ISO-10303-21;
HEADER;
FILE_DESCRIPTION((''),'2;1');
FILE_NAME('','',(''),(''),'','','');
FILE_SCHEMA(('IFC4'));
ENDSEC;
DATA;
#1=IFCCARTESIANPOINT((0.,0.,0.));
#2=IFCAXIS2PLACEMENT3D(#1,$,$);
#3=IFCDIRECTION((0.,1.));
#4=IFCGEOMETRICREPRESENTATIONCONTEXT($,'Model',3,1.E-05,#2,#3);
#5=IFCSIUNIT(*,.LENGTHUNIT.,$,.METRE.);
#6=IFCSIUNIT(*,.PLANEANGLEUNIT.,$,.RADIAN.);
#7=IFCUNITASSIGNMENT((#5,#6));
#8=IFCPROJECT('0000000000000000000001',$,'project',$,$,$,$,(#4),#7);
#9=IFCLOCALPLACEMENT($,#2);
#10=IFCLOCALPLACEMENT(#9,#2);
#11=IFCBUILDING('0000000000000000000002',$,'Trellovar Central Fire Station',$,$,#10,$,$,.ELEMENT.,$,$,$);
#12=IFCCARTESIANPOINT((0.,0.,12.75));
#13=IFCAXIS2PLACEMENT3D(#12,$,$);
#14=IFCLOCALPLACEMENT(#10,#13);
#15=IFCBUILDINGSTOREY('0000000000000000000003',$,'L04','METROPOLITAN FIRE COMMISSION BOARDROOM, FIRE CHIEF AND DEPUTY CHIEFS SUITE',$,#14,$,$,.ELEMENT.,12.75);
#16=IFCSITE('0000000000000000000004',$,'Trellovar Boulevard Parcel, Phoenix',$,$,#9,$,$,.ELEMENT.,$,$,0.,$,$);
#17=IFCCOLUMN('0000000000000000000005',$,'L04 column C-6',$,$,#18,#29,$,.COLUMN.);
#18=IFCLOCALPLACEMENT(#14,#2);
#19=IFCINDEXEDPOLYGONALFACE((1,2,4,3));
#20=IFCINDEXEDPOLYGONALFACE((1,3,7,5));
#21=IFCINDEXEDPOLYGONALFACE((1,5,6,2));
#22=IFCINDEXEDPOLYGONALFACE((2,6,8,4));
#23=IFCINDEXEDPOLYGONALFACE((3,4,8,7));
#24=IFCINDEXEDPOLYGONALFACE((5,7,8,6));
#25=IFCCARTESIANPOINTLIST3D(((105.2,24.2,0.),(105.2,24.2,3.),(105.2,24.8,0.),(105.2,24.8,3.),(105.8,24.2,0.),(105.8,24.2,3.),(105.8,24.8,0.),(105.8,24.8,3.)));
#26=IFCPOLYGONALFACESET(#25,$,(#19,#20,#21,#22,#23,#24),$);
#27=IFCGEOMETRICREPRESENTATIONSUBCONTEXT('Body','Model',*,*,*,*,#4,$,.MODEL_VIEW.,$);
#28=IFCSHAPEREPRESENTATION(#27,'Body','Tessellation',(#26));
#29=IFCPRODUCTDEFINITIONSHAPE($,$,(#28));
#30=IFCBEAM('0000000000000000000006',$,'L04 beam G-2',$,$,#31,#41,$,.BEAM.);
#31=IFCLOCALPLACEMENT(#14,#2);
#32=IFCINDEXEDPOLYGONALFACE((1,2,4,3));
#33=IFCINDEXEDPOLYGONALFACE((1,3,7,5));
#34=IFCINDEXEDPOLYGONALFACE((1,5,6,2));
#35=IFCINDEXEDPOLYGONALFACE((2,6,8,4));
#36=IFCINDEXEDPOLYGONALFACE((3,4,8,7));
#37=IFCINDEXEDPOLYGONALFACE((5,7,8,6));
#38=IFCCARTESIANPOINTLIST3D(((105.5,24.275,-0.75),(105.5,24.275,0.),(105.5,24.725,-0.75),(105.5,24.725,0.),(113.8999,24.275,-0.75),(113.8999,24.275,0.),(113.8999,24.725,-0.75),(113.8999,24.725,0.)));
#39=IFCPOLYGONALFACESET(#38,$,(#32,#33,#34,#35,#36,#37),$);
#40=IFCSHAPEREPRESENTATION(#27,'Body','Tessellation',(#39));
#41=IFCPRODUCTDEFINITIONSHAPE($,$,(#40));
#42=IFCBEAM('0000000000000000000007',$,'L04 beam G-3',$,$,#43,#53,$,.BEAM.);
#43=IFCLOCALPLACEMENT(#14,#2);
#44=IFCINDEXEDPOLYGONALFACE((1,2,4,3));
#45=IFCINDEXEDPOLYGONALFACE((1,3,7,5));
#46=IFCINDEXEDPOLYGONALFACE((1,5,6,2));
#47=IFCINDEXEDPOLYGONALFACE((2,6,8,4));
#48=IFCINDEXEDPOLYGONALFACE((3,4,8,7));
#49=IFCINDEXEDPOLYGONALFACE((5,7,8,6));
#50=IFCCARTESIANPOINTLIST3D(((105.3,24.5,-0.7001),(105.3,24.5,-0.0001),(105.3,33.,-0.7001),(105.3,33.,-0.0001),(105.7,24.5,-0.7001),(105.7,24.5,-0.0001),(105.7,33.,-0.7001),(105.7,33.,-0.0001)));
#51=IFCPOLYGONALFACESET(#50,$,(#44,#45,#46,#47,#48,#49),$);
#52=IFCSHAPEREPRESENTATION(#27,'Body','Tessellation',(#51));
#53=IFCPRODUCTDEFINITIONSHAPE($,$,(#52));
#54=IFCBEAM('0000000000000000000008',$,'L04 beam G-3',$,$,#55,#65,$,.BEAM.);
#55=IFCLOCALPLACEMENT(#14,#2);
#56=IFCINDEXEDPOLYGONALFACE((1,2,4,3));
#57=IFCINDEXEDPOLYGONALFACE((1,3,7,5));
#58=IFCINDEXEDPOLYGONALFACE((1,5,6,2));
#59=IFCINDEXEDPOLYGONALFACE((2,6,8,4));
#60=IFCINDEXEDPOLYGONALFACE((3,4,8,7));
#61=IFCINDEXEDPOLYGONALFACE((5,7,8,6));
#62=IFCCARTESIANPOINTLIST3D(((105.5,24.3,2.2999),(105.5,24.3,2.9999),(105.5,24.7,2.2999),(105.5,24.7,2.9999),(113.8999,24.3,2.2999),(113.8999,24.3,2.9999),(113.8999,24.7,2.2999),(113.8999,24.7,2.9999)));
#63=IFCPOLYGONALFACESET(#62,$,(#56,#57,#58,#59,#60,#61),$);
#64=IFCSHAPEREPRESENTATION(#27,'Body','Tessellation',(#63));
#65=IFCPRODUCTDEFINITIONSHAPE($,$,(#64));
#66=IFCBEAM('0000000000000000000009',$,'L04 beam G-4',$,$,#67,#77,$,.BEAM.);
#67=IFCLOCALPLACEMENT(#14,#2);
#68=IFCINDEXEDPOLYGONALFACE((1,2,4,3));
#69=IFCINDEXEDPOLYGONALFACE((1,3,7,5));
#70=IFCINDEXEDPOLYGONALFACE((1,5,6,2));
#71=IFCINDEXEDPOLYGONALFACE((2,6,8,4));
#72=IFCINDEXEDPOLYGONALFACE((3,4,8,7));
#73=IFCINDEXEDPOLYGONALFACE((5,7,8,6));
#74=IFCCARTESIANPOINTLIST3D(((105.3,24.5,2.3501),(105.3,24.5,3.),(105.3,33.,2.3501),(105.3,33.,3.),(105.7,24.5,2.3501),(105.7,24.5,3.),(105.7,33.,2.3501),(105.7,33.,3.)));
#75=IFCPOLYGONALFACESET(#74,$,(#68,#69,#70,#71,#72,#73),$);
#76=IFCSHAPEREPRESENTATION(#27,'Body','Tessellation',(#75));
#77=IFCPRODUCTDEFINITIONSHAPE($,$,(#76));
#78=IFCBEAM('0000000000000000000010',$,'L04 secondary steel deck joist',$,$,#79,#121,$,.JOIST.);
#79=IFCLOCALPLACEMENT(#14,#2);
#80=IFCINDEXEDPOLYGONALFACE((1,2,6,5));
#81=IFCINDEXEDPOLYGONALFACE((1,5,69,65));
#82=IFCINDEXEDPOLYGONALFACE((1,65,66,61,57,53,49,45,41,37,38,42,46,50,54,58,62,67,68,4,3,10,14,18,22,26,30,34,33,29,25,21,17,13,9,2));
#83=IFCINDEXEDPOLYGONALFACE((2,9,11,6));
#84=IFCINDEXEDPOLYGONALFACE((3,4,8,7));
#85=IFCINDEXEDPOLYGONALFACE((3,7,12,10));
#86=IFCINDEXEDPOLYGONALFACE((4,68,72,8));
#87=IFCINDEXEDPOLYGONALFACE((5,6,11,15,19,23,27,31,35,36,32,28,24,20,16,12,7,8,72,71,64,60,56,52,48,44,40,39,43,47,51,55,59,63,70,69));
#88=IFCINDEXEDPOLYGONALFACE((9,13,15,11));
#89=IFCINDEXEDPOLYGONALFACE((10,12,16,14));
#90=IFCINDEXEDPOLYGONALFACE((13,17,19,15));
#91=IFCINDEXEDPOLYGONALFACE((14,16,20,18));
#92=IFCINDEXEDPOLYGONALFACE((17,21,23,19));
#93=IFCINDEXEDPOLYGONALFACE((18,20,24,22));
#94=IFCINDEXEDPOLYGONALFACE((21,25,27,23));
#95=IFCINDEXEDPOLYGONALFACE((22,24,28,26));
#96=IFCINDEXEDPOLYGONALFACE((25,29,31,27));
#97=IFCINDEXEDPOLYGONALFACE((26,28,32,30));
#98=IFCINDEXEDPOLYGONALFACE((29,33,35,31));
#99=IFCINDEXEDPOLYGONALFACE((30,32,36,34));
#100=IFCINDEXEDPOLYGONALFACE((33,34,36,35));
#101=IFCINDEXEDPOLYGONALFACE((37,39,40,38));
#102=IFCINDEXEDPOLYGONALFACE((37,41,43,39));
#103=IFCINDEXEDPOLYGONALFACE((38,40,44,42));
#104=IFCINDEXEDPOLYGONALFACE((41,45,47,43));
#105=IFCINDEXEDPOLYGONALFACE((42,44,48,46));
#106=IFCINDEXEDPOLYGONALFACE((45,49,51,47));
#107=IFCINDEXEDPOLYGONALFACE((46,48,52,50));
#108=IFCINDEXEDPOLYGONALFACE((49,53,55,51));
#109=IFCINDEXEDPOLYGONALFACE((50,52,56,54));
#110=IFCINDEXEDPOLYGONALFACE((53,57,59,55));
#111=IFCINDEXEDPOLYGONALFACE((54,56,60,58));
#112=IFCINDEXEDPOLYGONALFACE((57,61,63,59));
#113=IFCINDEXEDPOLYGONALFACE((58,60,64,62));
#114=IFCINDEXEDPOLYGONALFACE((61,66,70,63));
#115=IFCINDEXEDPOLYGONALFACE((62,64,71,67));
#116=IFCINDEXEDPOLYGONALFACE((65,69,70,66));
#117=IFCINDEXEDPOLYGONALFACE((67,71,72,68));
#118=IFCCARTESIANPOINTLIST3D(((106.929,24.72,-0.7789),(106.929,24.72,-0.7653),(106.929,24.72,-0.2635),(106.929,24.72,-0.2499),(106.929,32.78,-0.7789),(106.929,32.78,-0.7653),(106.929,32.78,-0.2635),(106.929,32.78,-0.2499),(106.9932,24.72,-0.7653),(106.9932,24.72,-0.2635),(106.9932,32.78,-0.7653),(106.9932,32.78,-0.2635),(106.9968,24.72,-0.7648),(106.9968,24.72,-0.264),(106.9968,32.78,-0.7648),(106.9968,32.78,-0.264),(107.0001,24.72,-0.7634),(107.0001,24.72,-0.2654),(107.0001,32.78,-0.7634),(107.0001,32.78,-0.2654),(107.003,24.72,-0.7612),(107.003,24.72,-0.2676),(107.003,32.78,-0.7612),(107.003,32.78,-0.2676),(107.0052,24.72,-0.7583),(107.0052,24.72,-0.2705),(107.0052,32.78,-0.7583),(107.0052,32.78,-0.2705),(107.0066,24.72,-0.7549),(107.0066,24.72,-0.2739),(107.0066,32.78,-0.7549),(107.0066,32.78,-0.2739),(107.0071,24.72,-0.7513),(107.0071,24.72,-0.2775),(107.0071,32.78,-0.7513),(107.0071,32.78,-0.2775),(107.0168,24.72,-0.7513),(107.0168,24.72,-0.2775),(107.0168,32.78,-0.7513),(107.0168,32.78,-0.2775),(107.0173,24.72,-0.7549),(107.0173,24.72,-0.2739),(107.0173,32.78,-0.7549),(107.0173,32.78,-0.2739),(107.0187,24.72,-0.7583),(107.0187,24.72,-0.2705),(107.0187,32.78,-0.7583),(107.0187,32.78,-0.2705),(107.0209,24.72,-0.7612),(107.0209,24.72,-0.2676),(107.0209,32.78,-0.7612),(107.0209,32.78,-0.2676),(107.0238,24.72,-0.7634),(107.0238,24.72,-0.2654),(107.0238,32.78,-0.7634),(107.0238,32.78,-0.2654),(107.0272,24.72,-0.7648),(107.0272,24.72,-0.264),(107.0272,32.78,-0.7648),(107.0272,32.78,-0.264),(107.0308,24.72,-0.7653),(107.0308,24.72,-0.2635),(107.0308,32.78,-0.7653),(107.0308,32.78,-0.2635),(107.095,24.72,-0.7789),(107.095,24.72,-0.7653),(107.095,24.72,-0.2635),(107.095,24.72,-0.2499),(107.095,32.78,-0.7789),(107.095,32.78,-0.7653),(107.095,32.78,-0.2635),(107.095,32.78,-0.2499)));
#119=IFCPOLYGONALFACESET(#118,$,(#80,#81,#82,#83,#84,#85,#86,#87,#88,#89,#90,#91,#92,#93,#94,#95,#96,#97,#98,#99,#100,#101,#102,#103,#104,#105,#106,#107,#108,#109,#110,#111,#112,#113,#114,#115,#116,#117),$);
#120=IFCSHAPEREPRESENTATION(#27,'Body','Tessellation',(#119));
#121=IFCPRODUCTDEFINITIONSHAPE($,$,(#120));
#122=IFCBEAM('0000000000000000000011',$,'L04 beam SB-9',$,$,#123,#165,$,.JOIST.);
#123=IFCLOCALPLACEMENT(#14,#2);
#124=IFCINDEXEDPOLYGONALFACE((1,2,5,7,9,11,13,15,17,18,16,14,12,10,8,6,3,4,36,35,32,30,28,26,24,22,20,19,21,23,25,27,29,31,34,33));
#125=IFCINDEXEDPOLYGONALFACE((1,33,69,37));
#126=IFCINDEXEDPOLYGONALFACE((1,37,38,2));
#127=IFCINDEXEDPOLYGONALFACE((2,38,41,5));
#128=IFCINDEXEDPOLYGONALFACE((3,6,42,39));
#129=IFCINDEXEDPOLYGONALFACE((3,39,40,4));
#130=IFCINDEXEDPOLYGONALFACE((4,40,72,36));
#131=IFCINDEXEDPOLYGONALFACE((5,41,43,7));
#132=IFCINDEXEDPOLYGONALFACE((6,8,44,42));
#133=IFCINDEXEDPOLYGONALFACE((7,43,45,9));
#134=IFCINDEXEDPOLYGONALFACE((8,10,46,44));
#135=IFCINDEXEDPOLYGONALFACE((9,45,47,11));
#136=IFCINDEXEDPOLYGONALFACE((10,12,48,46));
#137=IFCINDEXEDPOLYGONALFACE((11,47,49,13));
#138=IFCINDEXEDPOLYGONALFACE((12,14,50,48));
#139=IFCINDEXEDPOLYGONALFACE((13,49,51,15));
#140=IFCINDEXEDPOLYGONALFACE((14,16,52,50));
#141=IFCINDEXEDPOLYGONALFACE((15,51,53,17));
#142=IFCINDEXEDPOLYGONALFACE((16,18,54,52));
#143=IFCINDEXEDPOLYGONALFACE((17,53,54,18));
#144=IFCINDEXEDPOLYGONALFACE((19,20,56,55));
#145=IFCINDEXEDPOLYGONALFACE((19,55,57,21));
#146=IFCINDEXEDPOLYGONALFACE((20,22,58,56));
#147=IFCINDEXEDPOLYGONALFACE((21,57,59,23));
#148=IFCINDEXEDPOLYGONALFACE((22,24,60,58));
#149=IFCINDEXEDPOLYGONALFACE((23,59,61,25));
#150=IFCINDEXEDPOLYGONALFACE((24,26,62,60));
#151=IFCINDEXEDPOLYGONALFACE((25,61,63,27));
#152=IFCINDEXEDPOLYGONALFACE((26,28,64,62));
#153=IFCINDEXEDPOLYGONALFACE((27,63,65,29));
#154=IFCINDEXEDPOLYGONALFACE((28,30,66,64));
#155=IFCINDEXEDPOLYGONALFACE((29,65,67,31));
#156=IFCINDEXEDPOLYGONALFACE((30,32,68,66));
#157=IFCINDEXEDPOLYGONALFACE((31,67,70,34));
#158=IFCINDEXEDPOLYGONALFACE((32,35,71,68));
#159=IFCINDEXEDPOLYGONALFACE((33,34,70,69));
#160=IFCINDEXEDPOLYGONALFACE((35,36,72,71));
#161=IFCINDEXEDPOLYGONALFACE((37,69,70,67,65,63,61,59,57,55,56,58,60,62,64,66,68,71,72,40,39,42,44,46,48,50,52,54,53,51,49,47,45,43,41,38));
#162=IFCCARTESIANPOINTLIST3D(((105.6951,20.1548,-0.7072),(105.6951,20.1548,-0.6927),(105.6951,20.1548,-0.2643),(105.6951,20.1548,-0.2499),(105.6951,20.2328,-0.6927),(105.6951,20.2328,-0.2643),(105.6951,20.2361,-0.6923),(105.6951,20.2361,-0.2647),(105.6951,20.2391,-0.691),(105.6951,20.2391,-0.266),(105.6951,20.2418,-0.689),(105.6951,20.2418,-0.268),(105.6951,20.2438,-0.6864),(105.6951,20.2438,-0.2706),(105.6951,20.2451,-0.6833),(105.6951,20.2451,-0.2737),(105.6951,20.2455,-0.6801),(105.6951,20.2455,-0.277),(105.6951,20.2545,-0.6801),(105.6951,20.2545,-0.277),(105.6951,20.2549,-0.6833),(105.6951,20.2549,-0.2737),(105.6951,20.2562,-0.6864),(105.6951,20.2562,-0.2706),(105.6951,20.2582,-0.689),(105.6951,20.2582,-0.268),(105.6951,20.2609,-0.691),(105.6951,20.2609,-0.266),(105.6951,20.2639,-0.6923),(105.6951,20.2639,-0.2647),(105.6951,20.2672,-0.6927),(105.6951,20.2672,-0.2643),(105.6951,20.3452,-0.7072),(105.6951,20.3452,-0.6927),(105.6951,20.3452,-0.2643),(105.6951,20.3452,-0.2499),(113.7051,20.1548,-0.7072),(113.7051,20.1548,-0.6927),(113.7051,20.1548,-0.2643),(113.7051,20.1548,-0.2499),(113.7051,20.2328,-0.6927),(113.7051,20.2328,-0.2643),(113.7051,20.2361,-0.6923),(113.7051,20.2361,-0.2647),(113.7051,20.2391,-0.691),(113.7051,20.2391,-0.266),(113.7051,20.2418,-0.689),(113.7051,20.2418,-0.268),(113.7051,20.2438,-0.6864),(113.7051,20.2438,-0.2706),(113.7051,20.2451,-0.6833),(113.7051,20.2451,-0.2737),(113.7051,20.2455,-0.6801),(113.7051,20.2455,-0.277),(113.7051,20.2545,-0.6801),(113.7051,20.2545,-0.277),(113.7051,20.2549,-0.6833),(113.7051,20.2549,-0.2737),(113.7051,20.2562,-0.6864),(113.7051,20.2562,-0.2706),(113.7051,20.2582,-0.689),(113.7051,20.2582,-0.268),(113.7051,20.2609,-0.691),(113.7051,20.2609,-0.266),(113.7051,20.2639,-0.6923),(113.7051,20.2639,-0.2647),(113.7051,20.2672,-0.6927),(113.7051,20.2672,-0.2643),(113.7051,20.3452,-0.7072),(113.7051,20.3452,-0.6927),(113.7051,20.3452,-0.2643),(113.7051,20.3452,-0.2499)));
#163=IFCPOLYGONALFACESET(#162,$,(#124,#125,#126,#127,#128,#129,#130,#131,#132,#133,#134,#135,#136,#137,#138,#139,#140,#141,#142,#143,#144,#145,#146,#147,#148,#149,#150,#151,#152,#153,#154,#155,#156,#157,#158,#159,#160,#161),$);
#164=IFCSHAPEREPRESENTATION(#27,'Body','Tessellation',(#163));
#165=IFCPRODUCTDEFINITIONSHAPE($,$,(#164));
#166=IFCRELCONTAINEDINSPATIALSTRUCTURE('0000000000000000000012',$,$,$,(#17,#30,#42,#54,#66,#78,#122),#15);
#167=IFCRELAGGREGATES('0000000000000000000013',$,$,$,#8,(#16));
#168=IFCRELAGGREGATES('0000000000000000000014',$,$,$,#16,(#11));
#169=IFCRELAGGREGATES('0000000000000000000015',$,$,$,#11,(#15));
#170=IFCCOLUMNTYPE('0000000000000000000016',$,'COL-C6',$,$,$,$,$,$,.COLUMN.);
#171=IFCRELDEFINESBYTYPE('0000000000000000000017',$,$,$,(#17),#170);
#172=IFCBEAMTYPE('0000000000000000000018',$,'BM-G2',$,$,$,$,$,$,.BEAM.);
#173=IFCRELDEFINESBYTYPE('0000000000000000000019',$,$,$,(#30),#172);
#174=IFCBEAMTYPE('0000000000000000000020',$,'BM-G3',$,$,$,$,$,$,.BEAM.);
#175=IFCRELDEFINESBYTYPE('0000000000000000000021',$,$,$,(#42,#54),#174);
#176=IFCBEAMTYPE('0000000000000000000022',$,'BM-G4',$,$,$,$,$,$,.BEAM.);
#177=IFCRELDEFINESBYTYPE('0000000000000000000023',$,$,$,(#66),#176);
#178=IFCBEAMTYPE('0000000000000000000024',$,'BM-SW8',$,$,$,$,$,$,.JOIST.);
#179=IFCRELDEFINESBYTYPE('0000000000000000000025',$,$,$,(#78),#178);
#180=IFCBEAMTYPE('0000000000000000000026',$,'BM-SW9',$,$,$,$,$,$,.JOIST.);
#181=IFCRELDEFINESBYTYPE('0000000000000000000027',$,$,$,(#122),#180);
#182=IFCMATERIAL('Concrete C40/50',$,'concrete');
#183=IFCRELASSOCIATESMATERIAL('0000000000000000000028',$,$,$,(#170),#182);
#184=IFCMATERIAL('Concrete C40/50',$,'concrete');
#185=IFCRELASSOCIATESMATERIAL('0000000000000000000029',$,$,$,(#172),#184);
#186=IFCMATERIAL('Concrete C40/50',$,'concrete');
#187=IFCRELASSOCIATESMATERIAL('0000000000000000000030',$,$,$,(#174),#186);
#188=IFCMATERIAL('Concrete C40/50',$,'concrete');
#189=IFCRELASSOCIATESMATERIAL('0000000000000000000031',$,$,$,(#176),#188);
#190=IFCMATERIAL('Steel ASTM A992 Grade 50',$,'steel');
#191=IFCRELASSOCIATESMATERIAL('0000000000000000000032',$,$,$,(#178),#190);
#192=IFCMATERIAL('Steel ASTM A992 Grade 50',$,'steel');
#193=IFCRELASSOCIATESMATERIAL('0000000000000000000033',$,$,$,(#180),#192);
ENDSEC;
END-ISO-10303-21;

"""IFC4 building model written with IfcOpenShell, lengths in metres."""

from ifc_helpers import new_model, si_unit, direction, frame, origin, origin_2d, place, context, subcontext, project, spatial, rectangle, i_section, extrude, material, material_profile, profile_set, type_object, element, save


model = new_model("IFC4")

# Units and contexts
model_context = context("Model", 3, precision=1e-05, world=origin(), true_north=direction((0.0, 1.0)))
body_context = subcontext(model_context, "Body", "Model", "MODEL_VIEW")
ifc_project = project(units=[si_unit("LENGTHUNIT", "METRE"), si_unit("PLANEANGLEUNIT", "RADIAN")], contexts=[model_context])

# Site, building, storey
site_placement = place(None, origin())
site = spatial("IfcSite", under=ifc_project, at=site_placement, Name="Trellovar Boulevard Parcel, Phoenix", CompositionType="ELEMENT", RefElevation=0.0)
building_placement = place(site_placement, origin())
building = spatial("IfcBuilding", under=site, at=building_placement, Name="Trellovar Central Fire Station", CompositionType="ELEMENT")
storey_placement = place(building_placement, frame((0.0, 0.0, 12.75)))
storey = spatial("IfcBuildingStorey", under=building, at=storey_placement, Name="L04", Description="METROPOLITAN FIRE COMMISSION BOARDROOM, FIRE CHIEF AND DEPUTY CHIEFS SUITE", CompositionType="ELEMENT", Elevation=12.75)

# Column
ifc_material_1 = material(Name="Concrete C40/50", Category="concrete")
ifc_material_profile_1 = material_profile(ifc_material_1, rectangle(XDim=0.6001, YDim=0.6001, at=origin_2d()), Name="RC600X600")
ifc_profile_set_1 = profile_set([ifc_material_profile_1], Name="Concrete C40/50")
column_type = type_object("IfcColumnType", Name="COL-C6", PredefinedType="COLUMN", material=ifc_profile_set_1)
column_placement = place(storey_placement, frame((105.5, 24.5, 0.0), z_axis=(0.0, 0.0, 1.0), x_axis=(1.0, 0.0, 0.0)))
element("IfcColumn", 1, at=column_placement, inside=storey, type_object=column_type, Name="L04 column C-6", PredefinedType="COLUMN", context=body_context, shape_type="SweptSolid", body=[
    extrude(rectangle(XDim=0.6001, YDim=0.6001, at=origin_2d()), origin(), (0.0, 0.0, 1.0), 3.0),
])

# Beams
ifc_material_2 = material(Name="Concrete C40/50", Category="concrete")
ifc_material_profile_2 = material_profile(ifc_material_2, rectangle(XDim=0.45, YDim=0.75, at=origin_2d()), Name="RC450X750")
ifc_profile_set_2 = profile_set([ifc_material_profile_2], Name="Concrete C40/50")
beam_type_1 = type_object("IfcBeamType", Name="BM-G2", PredefinedType="BEAM", material=ifc_profile_set_2)
beam_1_placement = place(storey_placement, frame((105.5, 24.5, -0.375), z_axis=(1.0, 0.0, 0.0), x_axis=(0.0, 1.0, 0.0)))
element("IfcBeam", 2, at=beam_1_placement, inside=storey, type_object=beam_type_1, Name="L04 beam G-2", PredefinedType="BEAM", context=body_context, shape_type="SweptSolid", body=[
    extrude(rectangle(XDim=0.45, YDim=0.75, at=origin_2d()), origin(), (0.0, 0.0, 1.0), 8.3999),
])
ifc_material_3 = material(Name="Concrete C40/50", Category="concrete")
ifc_material_profile_3 = material_profile(ifc_material_3, rectangle(XDim=0.3999, YDim=0.7, at=origin_2d()), Name="RC400X700")
ifc_profile_set_3 = profile_set([ifc_material_profile_3], Name="Concrete C40/50")
beam_type_2 = type_object("IfcBeamType", Name="BM-G3", PredefinedType="BEAM", material=ifc_profile_set_3)
beam_2_placement = place(storey_placement, frame((105.5, 24.5, -0.3501), z_axis=(0.0, 1.0, 0.0), x_axis=(-1.0, 0.0, 0.0)))
element("IfcBeam", 3, at=beam_2_placement, inside=storey, type_object=beam_type_2, Name="L04 beam G-3", PredefinedType="BEAM", context=body_context, shape_type="SweptSolid", body=[
    extrude(rectangle(XDim=0.3999, YDim=0.7, at=origin_2d()), origin(), (0.0, 0.0, 1.0), 8.5),
])
beam_3_placement = place(storey_placement, frame((105.5, 24.5, 2.6499), z_axis=(1.0, 0.0, 0.0), x_axis=(0.0, 1.0, 0.0)))
element("IfcBeam", 4, at=beam_3_placement, inside=storey, type_object=beam_type_2, Name="L04 beam G-3", PredefinedType="BEAM", context=body_context, shape_type="SweptSolid", body=[
    extrude(rectangle(XDim=0.3999, YDim=0.7, at=origin_2d()), origin(), (0.0, 0.0, 1.0), 8.3999),
])
ifc_material_4 = material(Name="Concrete C40/50", Category="concrete")
ifc_material_profile_4 = material_profile(ifc_material_4, rectangle(XDim=0.3999, YDim=0.6499, at=origin_2d()), Name="RC400X650")
ifc_profile_set_4 = profile_set([ifc_material_profile_4], Name="Concrete C40/50")
beam_type_3 = type_object("IfcBeamType", Name="BM-G4", PredefinedType="BEAM", material=ifc_profile_set_4)
beam_4_placement = place(storey_placement, frame((105.5, 24.5, 2.675), z_axis=(0.0, 1.0, 0.0), x_axis=(-1.0, 0.0, 0.0)))
element("IfcBeam", 5, at=beam_4_placement, inside=storey, type_object=beam_type_3, Name="L04 beam G-4", PredefinedType="BEAM", context=body_context, shape_type="SweptSolid", body=[
    extrude(rectangle(XDim=0.3999, YDim=0.6499, at=origin_2d()), origin(), (0.0, 0.0, 1.0), 8.5),
])
ifc_material_5 = material(Name="Steel ASTM A992 Grade 50", Category="steel")
ifc_material_profile_5 = material_profile(ifc_material_5, i_section(OverallWidth=0.166, OverallDepth=0.5291, WebThickness=0.0098, FlangeThickness=0.0137, FilletRadius=0.0139, at=origin_2d()), Name="W21X50")
ifc_profile_set_5 = profile_set([ifc_material_profile_5], Name="Steel ASTM A992 Grade 50")
beam_type_4 = type_object("IfcBeamType", Name="BM-SW8", PredefinedType="JOIST", material=ifc_profile_set_5)
beam_5_placement = place(storey_placement, frame((107.012, 24.72, -0.5144), z_axis=(0.0, 1.0, 0.0), x_axis=(-1.0, 0.0, 0.0)))
element("IfcBeam", 6, at=beam_5_placement, inside=storey, type_object=beam_type_4, Name="L04 secondary steel deck joist", PredefinedType="JOIST", context=body_context, shape_type="SweptSolid", body=[
    extrude(i_section(OverallWidth=0.166, OverallDepth=0.5291, WebThickness=0.0098, FlangeThickness=0.0137, FilletRadius=0.0139, at=origin_2d()), origin(), (0.0, 0.0, 1.0), 8.0601),
])
ifc_material_6 = material(Name="Steel ASTM A992 Grade 50", Category="steel")
ifc_material_profile_6 = material_profile(ifc_material_6, i_section(OverallWidth=0.1904, OverallDepth=0.4573, WebThickness=0.009, FlangeThickness=0.0144, FilletRadius=0.0127, at=origin_2d()), Name="W18X50")
ifc_profile_set_6 = profile_set([ifc_material_profile_6], Name="Steel ASTM A992 Grade 50")
beam_type_5 = type_object("IfcBeamType", Name="BM-SW9", PredefinedType="JOIST", material=ifc_profile_set_6)
for number, where, z_axis, x_axis, name in (
    (7, (105.6951, 20.25, -0.4785), (1.0, 0.0, 0.0), (0.0, 1.0, 0.0), "L04 beam SB-9"),
):
    element("IfcBeam", number, at=place(storey_placement, frame(where, z_axis=z_axis, x_axis=x_axis)), inside=storey, type_object=beam_type_5, Name=name, PredefinedType="JOIST", context=body_context, shape_type="SweptSolid", body=[
        extrude(i_section(OverallWidth=0.1904, OverallDepth=0.4573, WebThickness=0.009, FlangeThickness=0.0144, FilletRadius=0.0127, at=origin_2d()), origin(), (0.0, 0.0, 1.0), 8.01),
    ])

save(model, "model.ifc")
